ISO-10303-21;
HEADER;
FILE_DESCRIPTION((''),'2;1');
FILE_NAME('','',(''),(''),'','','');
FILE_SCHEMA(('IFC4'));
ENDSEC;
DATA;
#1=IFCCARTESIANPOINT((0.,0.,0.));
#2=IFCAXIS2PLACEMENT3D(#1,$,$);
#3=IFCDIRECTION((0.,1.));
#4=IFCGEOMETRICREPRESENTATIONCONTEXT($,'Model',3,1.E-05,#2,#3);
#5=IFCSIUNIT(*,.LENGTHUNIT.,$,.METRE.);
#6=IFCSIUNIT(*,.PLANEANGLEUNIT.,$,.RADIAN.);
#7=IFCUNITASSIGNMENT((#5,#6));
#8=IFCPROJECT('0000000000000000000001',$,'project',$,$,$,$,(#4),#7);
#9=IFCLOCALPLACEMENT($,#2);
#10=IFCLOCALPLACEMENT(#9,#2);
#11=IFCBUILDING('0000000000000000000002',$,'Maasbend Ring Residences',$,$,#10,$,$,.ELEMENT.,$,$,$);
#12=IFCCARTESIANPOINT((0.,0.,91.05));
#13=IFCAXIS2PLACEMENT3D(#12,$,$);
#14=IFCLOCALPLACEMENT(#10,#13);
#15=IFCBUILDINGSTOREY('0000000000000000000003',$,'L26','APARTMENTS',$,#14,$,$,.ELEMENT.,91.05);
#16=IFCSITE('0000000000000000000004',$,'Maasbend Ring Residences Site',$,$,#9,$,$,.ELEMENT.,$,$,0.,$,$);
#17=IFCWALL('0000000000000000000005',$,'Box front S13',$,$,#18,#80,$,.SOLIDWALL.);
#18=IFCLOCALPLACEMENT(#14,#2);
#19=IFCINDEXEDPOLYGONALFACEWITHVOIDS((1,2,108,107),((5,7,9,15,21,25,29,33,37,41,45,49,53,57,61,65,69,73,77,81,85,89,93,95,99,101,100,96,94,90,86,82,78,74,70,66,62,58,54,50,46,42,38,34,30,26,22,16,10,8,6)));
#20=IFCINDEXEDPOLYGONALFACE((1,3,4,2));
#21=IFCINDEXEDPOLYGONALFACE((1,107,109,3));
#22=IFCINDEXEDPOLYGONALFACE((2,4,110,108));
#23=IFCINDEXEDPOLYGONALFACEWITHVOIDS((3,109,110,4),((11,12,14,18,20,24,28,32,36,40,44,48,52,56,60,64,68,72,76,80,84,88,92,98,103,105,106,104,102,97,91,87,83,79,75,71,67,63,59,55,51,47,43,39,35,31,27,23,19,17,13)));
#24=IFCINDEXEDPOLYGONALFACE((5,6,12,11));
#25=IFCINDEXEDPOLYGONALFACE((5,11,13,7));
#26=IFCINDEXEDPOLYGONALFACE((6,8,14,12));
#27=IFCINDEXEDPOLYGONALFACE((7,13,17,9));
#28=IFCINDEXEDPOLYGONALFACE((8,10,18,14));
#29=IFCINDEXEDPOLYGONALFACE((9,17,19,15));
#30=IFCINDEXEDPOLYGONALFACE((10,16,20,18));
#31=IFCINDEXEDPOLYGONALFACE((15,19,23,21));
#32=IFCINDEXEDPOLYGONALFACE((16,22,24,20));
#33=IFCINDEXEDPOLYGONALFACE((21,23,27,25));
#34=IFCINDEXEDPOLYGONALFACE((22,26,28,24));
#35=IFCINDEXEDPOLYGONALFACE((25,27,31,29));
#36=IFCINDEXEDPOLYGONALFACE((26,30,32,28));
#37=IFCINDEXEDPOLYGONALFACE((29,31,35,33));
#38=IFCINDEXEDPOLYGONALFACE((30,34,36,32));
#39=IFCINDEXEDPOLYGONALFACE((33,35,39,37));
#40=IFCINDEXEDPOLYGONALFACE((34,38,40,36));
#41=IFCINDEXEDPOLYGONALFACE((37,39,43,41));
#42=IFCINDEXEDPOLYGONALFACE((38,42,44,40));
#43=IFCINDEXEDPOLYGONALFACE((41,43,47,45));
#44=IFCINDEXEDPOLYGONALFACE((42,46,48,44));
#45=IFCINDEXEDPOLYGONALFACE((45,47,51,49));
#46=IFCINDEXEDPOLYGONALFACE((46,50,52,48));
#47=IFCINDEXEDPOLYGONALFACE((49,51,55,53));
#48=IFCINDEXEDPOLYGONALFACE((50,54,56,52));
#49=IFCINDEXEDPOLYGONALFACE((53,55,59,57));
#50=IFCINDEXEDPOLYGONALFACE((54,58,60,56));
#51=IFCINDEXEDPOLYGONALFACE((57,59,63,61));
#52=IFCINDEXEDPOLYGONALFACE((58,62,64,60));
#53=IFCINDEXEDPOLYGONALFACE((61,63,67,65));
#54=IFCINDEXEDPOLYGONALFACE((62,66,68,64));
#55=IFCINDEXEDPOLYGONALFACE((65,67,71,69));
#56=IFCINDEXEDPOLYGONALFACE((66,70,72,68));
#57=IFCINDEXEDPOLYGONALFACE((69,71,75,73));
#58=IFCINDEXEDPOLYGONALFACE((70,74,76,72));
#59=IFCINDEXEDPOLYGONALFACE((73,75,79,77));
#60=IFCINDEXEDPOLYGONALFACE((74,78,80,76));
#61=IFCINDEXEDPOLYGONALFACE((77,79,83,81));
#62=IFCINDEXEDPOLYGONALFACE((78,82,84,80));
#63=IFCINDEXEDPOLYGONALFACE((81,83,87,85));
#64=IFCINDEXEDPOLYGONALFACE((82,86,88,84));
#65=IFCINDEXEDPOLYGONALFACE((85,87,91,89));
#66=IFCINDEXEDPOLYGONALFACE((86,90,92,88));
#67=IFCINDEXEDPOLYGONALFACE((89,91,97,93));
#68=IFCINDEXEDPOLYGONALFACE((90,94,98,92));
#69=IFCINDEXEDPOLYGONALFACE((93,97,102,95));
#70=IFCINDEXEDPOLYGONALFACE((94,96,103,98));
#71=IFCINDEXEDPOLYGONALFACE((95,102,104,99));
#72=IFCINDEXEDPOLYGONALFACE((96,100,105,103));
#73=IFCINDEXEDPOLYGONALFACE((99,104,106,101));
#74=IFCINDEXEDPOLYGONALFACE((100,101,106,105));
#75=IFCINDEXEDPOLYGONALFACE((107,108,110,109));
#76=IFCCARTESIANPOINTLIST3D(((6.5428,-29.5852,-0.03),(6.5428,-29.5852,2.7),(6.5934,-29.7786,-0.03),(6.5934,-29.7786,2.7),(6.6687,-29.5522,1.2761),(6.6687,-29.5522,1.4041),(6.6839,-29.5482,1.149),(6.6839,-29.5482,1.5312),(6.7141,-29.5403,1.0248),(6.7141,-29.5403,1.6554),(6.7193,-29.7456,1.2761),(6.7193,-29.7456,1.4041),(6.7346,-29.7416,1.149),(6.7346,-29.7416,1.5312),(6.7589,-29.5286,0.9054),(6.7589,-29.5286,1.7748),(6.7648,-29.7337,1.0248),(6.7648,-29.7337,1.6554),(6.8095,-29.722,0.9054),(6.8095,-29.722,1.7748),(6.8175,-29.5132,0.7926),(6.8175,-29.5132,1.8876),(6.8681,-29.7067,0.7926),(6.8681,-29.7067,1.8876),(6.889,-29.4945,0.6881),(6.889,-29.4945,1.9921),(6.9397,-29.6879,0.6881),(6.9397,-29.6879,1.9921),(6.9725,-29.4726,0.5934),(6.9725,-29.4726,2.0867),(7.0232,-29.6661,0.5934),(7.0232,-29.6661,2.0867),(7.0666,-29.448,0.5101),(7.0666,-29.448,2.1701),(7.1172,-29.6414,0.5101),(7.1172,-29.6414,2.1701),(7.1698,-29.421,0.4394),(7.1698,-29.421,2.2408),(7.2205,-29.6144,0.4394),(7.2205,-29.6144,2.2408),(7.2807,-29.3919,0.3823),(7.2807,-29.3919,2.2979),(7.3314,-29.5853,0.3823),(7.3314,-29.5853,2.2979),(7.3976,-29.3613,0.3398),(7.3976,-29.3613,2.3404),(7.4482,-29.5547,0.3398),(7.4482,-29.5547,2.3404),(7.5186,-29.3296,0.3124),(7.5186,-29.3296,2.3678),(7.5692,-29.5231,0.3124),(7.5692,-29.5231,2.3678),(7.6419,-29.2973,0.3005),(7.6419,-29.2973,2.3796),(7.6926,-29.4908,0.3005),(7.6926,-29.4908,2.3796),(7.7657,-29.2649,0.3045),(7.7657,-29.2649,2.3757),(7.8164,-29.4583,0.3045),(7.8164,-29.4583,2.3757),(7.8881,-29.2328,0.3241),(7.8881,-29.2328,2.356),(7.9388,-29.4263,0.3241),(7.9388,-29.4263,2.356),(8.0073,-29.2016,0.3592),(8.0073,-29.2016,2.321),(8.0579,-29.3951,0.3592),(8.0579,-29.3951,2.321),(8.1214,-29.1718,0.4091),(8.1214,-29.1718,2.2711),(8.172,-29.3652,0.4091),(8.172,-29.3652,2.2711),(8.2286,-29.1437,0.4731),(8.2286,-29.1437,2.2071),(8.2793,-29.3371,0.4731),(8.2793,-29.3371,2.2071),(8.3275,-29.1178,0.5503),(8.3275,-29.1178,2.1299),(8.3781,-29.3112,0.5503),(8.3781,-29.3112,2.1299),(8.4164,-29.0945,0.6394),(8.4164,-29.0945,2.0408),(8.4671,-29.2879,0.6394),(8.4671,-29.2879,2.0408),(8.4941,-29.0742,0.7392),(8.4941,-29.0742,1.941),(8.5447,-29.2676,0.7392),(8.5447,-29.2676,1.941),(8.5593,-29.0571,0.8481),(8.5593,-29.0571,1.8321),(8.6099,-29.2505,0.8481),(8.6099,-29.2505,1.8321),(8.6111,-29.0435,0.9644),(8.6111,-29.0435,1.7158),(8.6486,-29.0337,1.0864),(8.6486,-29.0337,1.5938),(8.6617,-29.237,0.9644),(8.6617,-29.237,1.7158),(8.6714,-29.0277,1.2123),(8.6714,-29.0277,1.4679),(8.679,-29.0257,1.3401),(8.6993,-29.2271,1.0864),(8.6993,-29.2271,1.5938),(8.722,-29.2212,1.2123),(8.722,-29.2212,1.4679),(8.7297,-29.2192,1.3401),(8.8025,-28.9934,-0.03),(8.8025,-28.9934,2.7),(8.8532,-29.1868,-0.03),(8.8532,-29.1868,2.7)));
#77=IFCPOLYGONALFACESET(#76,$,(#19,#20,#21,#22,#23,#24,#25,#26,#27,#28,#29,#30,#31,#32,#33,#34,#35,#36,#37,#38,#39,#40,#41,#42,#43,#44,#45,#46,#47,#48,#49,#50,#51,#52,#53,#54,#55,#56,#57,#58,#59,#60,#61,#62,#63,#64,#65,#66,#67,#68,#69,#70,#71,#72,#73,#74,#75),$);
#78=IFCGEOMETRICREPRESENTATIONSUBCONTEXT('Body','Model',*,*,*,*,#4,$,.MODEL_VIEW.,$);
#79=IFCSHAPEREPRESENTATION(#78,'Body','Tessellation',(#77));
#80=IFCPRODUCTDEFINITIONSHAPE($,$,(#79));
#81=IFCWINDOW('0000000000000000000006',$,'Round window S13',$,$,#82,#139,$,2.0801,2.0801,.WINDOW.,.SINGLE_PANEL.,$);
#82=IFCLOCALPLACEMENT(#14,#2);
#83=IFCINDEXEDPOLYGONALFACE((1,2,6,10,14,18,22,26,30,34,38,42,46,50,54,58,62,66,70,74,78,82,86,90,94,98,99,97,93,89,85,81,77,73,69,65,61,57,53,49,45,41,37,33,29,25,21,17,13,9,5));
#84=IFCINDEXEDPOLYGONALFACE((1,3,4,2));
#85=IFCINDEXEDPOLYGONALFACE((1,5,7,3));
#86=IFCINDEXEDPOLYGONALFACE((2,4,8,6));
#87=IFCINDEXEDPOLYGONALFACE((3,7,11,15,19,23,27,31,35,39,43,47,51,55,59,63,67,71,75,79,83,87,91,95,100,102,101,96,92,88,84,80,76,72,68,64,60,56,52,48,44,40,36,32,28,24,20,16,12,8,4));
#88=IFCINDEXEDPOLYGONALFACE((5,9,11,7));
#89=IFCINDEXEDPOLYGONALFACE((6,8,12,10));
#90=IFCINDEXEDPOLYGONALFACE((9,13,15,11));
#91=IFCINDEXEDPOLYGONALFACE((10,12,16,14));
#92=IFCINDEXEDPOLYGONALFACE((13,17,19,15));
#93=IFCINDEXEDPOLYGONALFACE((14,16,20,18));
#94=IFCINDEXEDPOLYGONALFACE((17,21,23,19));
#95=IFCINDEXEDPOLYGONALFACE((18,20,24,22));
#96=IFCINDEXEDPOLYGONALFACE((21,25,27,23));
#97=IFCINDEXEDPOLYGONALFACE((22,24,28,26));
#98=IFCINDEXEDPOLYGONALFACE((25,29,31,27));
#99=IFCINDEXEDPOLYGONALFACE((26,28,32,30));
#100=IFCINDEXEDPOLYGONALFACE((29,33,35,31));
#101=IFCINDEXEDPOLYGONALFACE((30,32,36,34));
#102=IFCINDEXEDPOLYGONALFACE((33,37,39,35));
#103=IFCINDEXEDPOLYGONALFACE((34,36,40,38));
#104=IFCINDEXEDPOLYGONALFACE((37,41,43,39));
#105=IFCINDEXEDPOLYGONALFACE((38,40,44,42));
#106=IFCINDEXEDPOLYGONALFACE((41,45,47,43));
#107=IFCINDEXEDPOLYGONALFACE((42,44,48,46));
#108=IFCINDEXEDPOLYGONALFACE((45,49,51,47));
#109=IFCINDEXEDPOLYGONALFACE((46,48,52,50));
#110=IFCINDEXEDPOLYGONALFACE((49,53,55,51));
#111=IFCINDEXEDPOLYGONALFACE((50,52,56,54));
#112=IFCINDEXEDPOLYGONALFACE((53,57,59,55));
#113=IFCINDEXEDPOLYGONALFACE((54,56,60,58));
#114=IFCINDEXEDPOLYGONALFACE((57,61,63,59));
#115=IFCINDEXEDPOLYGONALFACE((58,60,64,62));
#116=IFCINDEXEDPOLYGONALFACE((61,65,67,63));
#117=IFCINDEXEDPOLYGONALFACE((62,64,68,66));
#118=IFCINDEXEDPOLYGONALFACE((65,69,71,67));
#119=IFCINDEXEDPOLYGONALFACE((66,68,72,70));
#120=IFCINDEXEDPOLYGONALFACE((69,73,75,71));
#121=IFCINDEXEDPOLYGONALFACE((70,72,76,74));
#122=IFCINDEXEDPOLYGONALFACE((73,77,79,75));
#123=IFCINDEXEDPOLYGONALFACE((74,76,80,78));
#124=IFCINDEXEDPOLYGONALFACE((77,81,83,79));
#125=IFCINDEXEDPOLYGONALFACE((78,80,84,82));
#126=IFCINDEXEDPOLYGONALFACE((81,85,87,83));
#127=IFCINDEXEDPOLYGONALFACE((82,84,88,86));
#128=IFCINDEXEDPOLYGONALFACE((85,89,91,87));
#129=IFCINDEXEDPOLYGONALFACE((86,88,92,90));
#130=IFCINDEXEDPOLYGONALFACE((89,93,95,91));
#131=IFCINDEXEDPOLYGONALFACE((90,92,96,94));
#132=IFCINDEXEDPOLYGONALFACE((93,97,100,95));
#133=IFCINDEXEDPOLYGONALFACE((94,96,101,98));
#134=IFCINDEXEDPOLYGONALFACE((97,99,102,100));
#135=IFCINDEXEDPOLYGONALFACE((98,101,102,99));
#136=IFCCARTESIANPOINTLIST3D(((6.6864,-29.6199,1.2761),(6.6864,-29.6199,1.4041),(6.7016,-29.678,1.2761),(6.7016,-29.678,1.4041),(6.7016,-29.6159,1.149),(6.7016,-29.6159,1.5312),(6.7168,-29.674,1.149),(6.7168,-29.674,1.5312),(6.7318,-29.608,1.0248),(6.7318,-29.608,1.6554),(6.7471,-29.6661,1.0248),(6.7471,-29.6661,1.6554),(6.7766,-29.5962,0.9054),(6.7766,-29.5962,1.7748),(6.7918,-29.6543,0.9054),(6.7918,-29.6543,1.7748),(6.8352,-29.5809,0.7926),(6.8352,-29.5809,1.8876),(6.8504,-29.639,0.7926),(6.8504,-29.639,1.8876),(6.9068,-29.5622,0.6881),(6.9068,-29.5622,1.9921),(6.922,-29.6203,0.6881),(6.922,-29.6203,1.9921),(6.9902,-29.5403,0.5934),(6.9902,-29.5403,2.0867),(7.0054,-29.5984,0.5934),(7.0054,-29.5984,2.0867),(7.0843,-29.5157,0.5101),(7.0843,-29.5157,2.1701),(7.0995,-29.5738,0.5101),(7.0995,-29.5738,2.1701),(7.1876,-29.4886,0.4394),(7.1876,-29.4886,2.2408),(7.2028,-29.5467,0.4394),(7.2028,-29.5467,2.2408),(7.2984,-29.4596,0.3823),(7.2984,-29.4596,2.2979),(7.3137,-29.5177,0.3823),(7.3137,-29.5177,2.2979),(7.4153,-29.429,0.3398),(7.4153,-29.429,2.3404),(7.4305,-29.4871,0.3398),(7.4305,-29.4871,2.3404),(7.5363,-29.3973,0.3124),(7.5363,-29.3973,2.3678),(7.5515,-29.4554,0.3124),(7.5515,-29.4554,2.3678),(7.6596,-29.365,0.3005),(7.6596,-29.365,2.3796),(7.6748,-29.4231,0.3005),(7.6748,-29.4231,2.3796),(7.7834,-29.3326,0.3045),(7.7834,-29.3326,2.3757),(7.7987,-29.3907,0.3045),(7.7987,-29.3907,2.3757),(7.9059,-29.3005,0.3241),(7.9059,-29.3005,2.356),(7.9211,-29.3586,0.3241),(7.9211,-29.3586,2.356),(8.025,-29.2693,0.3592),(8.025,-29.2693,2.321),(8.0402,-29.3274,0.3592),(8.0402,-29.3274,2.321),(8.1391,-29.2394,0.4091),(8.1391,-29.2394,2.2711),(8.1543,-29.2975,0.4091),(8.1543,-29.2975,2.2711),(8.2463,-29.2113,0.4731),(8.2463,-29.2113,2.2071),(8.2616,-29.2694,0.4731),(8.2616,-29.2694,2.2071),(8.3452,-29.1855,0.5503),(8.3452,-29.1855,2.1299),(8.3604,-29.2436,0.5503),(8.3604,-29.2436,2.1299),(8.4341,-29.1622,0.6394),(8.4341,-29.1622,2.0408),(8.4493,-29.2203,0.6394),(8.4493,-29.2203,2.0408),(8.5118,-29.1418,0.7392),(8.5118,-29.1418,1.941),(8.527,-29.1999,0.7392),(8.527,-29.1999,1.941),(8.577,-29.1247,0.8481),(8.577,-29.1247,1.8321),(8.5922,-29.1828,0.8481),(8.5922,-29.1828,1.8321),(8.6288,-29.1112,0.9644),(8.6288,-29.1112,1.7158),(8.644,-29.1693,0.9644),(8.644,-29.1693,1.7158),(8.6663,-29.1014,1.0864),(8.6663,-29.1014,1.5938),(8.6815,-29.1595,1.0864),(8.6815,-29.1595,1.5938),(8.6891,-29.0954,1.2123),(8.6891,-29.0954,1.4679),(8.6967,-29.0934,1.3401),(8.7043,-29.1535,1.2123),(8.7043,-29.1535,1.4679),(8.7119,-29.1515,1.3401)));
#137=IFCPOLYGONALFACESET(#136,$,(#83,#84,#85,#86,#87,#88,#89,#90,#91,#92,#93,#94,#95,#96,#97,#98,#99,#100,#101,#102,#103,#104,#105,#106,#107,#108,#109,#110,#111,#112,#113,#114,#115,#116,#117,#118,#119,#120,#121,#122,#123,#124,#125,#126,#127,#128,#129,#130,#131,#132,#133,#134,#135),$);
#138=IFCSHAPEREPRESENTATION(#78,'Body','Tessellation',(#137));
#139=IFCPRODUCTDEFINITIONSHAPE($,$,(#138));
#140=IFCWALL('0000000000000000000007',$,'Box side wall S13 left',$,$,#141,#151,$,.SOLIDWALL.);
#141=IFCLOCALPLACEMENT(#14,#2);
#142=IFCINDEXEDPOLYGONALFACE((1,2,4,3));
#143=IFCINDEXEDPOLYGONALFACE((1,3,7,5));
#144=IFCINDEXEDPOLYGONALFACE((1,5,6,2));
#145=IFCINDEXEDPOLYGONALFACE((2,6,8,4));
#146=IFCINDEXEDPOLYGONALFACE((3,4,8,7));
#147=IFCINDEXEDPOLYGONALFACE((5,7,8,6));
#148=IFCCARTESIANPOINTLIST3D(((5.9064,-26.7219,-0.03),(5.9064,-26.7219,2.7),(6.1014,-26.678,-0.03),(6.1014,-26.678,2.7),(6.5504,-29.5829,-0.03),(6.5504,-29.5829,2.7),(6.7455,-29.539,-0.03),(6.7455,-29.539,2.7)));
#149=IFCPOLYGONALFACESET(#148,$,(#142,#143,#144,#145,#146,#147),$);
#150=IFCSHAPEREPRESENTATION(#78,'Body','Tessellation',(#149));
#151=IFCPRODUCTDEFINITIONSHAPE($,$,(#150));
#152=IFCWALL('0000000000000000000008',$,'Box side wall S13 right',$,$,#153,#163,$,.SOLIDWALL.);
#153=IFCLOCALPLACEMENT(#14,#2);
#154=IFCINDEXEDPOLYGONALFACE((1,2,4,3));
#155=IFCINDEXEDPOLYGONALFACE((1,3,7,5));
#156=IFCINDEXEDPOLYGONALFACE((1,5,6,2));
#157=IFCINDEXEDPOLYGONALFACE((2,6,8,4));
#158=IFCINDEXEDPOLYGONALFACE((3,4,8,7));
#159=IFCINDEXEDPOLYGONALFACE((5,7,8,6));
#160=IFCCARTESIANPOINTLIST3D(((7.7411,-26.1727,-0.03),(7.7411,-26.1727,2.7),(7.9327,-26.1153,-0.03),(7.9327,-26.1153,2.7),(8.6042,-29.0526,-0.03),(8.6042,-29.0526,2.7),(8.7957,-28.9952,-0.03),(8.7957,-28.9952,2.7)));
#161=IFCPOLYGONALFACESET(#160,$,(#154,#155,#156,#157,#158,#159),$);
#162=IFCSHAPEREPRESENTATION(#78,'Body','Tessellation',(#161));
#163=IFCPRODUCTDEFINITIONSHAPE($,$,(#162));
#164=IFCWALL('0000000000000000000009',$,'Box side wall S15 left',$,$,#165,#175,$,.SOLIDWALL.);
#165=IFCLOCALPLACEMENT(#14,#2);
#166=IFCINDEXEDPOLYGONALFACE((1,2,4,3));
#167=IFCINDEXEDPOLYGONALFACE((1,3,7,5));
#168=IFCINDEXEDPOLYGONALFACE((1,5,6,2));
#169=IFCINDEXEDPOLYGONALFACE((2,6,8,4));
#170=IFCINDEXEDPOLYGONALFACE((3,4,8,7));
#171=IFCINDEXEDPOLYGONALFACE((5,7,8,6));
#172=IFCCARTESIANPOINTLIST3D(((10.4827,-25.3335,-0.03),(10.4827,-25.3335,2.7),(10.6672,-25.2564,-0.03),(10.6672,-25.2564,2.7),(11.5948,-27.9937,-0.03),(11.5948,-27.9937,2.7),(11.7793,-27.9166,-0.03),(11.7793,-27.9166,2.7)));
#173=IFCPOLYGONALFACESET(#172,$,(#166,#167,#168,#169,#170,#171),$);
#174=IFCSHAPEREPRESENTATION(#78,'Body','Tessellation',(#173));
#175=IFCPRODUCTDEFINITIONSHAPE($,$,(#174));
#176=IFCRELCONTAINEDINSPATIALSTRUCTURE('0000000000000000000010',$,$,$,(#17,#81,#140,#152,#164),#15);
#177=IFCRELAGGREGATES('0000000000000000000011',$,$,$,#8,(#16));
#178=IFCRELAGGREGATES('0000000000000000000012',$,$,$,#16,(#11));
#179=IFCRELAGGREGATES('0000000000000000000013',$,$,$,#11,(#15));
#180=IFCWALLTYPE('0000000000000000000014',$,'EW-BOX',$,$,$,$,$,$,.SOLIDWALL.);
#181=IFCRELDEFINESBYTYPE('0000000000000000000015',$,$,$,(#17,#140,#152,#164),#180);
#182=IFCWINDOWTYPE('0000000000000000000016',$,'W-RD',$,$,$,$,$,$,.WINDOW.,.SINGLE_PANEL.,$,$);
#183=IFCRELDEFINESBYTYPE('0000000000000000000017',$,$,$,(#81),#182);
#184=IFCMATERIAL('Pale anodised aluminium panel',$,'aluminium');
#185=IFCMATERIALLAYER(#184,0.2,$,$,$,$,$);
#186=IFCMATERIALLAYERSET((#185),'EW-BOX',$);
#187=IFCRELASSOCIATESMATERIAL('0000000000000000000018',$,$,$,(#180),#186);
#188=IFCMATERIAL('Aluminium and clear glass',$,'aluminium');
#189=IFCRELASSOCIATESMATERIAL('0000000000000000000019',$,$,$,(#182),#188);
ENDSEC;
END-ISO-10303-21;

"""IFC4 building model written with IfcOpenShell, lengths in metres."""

from ifc_helpers import new_model, si_unit, direction, frame, frame_2d, origin, place, context, subcontext, project, spatial, rectangle, circle, extrude, material, layer, layer_set, type_object, element, fill, save


model = new_model("IFC4")

# Units and contexts
model_context = context("Model", 3, precision=1e-05, world=origin(), true_north=direction((0.0, 1.0)))
body_context = subcontext(model_context, "Body", "Model", "MODEL_VIEW")
ifc_project = project(units=[si_unit("LENGTHUNIT", "METRE"), si_unit("PLANEANGLEUNIT", "RADIAN")], contexts=[model_context])

# Site, building, storey
site_placement = place(None, origin())
site = spatial("IfcSite", under=ifc_project, at=site_placement, Name="Maasbend Ring Residences Site", CompositionType="ELEMENT", RefElevation=0.0)
building_placement = place(site_placement, origin())
building = spatial("IfcBuilding", under=site, at=building_placement, Name="Maasbend Ring Residences", CompositionType="ELEMENT")
storey_placement = place(building_placement, frame((0.0, 0.0, 91.05)))
storey = spatial("IfcBuildingStorey", under=building, at=storey_placement, Name="L26", Description="APARTMENTS", CompositionType="ELEMENT", Elevation=91.05)

# Shared definitions
ifc_material_1 = material(Name="Pale anodised aluminium panel", Category="aluminium")
ifc_layer_1 = layer(ifc_material_1, 0.2)
ifc_layer_set_1 = layer_set([ifc_layer_1], Name="EW-BOX")
wall_type_1 = type_object("IfcWallType", Name="EW-BOX", PredefinedType="SOLIDWALL", material=ifc_layer_set_1)

# Wall, opening, window
wall_1_placement = place(storey_placement, frame((6.5681, -29.6819, -0.03), z_axis=(0.0, 0.0, 1.0), x_axis=(0.967377, 0.253341, 0.0)))
wall_1 = element("IfcWall", 1, at=wall_1_placement, inside=storey, type_object=wall_type_1, Name="Box front S13", PredefinedType="SOLIDWALL", context=body_context, shape_type="SweptSolid", body=[
    extrude(rectangle(XDim=2.3359, YDim=0.2, at=frame_2d((1.168, 0.0))), origin(), (0.0, 0.0, 1.0), 2.73),
])
opening_1_placement = place(wall_1_placement, frame((0.1282, 0.0, 0.3301)))
opening_1 = element("IfcOpeningElement", 2, at=opening_1_placement, cuts=wall_1, PredefinedType="OPENING", context=body_context, shape_type="SweptSolid", body=[
    extrude(circle(Radius=1.04, at=frame_2d((1.04, 1.04))), frame((0.0, 0.1099, 0.0), z_axis=(0.0, -1.0, 0.0), x_axis=(1.0, 0.0, 0.0)), (0.0, 0.0, 1.0), 0.22),
])
ifc_material_2 = material(Name="Aluminium and clear glass", Category="aluminium")
window_type_1 = type_object("IfcWindowType", Name="W-RD", PartitioningType="SINGLE_PANEL", PredefinedType="WINDOW", material=ifc_material_2)
window_1_placement = place(opening_1_placement, origin())
window_1 = element("IfcWindow", 3, at=window_1_placement, inside=storey, type_object=window_type_1, Name="Round window S13", OverallHeight=2.0801, OverallWidth=2.0801, PartitioningType="SINGLE_PANEL", PredefinedType="WINDOW", context=body_context, shape_type="SweptSolid", body=[
    extrude(circle(Radius=1.04, at=frame_2d((1.04, 1.04))), frame((0.0, 0.03, 0.0), z_axis=(0.0, -1.0, 0.0), x_axis=(1.0, 0.0, 0.0)), (0.0, 0.0, 1.0), 0.0601),
])
fill(opening_1, window_1)

# Walls
wall_2_placement = place(storey_placement, frame((6.0039, -26.7, -0.03), z_axis=(0.0, 0.0, 1.0), x_axis=(0.219609, -0.975588, 0.0)))
element("IfcWall", 4, at=wall_2_placement, inside=storey, type_object=wall_type_1, Name="Box side wall S13 left", PredefinedType="SOLIDWALL", context=body_context, shape_type="SweptSolid", body=[
    extrude(rectangle(XDim=2.9326, YDim=0.2, at=frame_2d((1.4663, 0.0))), origin(), (0.0, 0.0, 1.0), 2.73),
])
wall_3_placement = place(storey_placement, frame((7.8369, -26.144, -0.03), z_axis=(0.0, 0.0, 1.0), x_axis=(0.287065, -0.957911, 0.0)))
element("IfcWall", 5, at=wall_3_placement, inside=storey, type_object=wall_type_1, Name="Box side wall S13 right", PredefinedType="SOLIDWALL", context=body_context, shape_type="SweptSolid", body=[
    extrude(rectangle(XDim=3.0063, YDim=0.2, at=frame_2d((1.5032, 0.0))), origin(), (0.0, 0.0, 1.0), 2.73),
])
wall_4_placement = place(storey_placement, frame((10.575, -25.2949, -0.03), z_axis=(0.0, 0.0, 1.0), x_axis=(0.385697, -0.922625, 0.0)))
element("IfcWall", 6, at=wall_4_placement, inside=storey, type_object=wall_type_1, Name="Box side wall S15 left", PredefinedType="SOLIDWALL", context=body_context, shape_type="SweptSolid", body=[
    extrude(rectangle(XDim=2.8833, YDim=0.2, at=frame_2d((1.4417, 0.0))), origin(), (0.0, 0.0, 1.0), 2.73),
])

save(model, "model.ifc")
